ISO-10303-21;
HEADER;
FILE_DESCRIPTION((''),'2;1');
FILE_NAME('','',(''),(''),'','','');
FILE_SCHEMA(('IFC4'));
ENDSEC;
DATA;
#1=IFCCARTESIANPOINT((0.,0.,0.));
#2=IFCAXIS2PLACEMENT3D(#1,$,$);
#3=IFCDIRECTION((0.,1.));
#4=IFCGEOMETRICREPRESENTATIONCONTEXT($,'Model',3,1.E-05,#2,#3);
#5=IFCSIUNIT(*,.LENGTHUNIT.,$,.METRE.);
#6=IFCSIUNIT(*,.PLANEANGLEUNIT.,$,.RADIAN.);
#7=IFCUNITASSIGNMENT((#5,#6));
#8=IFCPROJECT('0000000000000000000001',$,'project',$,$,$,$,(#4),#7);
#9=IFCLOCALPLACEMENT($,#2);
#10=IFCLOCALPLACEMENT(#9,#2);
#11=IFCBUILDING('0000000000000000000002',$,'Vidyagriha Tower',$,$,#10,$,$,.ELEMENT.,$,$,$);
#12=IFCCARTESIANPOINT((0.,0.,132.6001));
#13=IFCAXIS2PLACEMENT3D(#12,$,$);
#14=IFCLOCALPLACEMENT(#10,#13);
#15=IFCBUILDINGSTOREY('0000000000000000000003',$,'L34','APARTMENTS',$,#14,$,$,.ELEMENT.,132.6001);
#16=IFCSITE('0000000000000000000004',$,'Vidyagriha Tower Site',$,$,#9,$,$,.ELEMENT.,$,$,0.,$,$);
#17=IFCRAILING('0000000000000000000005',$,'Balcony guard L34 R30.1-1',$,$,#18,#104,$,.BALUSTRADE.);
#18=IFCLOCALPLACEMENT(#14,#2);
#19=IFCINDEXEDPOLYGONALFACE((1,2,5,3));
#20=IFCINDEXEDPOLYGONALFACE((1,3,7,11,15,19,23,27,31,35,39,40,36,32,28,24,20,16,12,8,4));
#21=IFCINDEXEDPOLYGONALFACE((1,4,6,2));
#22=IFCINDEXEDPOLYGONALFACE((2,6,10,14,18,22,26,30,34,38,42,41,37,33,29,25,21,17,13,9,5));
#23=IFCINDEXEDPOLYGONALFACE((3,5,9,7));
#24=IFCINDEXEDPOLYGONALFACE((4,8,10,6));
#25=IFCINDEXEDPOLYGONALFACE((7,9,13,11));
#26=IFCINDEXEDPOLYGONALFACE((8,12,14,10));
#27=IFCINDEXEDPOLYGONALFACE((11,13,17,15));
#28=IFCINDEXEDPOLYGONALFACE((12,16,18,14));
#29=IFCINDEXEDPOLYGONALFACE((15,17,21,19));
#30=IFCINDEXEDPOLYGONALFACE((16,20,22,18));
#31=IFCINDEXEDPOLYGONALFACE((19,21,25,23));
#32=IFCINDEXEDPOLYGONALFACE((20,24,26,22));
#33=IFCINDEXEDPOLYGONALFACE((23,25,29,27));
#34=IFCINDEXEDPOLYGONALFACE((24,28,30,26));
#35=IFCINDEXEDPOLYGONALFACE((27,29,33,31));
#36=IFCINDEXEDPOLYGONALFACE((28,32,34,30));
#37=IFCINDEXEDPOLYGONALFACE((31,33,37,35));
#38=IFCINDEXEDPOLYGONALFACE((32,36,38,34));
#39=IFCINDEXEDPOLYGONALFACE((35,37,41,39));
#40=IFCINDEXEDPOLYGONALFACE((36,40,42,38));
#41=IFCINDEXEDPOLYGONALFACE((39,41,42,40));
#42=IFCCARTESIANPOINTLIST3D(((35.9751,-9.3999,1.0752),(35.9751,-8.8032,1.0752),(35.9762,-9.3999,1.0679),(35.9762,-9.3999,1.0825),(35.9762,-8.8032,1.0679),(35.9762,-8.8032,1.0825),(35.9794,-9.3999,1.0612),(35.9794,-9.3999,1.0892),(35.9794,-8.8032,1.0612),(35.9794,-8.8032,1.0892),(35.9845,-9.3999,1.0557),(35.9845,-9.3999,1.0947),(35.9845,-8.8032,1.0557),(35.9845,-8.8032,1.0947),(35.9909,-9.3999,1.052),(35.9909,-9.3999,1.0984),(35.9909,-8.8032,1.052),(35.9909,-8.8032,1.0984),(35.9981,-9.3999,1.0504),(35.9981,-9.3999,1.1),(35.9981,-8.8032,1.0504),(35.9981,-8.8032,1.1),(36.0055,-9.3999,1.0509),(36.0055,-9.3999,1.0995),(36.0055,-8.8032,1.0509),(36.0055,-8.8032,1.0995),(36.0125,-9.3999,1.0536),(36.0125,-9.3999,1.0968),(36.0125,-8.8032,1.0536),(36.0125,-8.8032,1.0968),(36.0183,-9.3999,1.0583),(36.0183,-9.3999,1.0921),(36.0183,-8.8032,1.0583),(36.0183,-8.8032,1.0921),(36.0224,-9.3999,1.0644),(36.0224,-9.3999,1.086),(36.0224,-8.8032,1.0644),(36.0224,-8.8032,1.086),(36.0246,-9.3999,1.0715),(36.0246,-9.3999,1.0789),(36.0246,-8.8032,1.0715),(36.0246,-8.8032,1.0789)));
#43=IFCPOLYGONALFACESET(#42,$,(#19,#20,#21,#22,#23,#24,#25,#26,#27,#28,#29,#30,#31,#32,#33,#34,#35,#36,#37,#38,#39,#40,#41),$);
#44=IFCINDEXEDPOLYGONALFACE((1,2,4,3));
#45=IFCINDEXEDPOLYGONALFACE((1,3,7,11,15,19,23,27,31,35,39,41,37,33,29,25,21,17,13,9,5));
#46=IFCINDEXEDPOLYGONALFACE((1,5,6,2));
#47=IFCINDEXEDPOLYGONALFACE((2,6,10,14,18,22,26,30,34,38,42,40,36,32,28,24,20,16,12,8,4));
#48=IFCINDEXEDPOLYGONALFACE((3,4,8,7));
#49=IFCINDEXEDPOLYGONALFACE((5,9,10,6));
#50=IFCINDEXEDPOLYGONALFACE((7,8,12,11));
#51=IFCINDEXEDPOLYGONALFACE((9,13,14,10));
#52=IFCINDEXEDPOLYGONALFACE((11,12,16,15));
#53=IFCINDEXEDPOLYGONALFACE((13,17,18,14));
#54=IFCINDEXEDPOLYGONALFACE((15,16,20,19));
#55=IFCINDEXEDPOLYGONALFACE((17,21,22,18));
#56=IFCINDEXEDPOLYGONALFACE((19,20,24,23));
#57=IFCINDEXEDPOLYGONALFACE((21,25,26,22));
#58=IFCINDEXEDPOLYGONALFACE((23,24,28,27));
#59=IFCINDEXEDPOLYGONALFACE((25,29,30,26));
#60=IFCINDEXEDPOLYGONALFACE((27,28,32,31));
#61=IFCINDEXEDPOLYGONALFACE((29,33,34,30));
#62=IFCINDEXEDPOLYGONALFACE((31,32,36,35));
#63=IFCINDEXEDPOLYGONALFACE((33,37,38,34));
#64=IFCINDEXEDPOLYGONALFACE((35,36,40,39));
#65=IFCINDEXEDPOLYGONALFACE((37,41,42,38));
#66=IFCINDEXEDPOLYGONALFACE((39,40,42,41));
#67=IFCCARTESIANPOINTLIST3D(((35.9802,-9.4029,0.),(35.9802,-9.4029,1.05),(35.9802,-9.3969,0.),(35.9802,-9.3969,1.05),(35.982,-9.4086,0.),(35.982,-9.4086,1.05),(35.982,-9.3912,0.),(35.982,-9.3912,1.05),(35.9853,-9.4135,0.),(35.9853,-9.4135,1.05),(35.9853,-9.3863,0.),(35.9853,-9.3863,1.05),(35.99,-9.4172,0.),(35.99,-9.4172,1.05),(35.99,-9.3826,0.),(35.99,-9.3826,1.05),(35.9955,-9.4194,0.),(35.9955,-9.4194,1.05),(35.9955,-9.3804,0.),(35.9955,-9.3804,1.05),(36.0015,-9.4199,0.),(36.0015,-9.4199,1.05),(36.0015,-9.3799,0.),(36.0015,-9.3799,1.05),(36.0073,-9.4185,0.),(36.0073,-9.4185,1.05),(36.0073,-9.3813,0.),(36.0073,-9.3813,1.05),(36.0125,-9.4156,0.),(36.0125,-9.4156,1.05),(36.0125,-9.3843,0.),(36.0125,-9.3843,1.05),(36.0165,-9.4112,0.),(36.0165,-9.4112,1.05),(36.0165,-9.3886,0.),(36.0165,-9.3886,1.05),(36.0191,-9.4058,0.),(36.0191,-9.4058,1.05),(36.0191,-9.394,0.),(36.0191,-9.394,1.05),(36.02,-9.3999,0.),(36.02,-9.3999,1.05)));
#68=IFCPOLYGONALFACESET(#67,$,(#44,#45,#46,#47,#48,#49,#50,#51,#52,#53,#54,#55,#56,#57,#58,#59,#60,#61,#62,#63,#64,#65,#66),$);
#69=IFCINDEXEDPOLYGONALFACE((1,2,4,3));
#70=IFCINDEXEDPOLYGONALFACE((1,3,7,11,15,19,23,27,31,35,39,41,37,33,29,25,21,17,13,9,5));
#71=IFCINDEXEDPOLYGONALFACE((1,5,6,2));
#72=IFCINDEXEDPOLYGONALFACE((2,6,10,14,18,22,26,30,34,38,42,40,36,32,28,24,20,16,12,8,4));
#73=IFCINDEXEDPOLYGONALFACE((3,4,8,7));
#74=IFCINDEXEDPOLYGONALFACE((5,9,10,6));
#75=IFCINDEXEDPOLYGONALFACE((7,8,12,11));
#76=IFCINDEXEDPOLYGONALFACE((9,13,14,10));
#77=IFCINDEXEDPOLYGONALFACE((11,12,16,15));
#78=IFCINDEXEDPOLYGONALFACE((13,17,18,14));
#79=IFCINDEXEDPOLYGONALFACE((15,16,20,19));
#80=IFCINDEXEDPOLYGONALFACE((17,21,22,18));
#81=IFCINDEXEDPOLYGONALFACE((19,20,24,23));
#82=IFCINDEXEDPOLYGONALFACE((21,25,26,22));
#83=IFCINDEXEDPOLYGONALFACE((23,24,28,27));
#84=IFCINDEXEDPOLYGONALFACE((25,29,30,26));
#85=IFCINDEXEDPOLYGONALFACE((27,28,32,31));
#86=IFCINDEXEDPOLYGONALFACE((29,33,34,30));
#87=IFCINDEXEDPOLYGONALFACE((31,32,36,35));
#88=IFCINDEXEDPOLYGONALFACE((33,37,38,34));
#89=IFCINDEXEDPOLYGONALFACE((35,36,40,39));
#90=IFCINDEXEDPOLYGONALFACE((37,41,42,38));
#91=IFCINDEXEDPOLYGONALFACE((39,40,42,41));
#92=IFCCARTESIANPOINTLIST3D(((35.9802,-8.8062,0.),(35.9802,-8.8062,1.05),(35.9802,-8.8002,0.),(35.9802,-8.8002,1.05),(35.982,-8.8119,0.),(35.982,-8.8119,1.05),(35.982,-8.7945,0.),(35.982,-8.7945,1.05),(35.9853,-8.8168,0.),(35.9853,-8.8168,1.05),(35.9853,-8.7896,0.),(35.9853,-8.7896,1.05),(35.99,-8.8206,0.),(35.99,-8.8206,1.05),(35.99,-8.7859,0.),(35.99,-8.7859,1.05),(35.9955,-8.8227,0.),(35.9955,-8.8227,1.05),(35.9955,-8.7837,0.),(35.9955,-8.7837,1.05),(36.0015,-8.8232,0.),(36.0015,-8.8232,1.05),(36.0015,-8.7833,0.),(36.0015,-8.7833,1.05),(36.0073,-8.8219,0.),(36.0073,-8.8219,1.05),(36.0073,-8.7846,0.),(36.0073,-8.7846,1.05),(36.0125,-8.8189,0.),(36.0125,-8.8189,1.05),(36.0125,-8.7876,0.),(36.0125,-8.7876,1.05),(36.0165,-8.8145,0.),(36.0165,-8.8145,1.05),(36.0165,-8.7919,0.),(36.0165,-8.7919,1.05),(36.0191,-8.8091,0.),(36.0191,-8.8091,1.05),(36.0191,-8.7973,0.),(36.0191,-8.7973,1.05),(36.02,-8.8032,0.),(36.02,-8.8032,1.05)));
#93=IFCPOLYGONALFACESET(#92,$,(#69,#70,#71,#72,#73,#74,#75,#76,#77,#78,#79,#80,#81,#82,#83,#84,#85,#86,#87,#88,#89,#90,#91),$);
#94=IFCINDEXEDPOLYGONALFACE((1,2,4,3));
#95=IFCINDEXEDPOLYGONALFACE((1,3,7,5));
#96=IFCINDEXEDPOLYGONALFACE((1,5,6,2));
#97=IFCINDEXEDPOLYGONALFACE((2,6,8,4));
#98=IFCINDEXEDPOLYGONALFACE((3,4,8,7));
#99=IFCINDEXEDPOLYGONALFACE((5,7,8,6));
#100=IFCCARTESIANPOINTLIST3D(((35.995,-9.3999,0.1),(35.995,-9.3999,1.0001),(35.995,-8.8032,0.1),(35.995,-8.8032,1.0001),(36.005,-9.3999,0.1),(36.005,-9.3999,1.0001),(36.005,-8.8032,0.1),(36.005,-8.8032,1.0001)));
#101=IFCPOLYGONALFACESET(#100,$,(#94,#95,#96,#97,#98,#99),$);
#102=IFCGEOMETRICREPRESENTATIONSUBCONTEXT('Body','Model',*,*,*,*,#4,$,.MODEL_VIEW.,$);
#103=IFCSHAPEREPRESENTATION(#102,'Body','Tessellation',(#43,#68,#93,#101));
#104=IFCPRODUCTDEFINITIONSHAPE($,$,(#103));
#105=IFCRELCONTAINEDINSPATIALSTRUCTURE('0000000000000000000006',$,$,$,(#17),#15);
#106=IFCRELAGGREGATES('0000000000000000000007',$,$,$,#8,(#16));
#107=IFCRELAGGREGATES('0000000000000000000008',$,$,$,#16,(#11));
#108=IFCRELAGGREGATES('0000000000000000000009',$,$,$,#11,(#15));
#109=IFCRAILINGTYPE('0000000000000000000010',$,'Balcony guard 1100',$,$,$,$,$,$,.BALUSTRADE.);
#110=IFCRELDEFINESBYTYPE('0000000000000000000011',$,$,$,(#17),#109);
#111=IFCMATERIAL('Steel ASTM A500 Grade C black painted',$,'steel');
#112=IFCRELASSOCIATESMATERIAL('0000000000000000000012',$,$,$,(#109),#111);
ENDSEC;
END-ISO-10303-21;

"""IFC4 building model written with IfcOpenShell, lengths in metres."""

from ifc_helpers import new_model, si_unit, direction, frame, origin, origin_2d, place, context, subcontext, project, spatial, rectangle, circle, extrude, material, type_object, element, save


model = new_model("IFC4")

# Units and contexts
model_context = context("Model", 3, precision=1e-05, world=origin(), true_north=direction((0.0, 1.0)))
body_context = subcontext(model_context, "Body", "Model", "MODEL_VIEW")
ifc_project = project(units=[si_unit("LENGTHUNIT", "METRE"), si_unit("PLANEANGLEUNIT", "RADIAN")], contexts=[model_context])

# Site, building, storey
site_placement = place(None, origin())
site = spatial("IfcSite", under=ifc_project, at=site_placement, Name="Vidyagriha Tower Site", CompositionType="ELEMENT", RefElevation=0.0)
building_placement = place(site_placement, origin())
building = spatial("IfcBuilding", under=site, at=building_placement, Name="Vidyagriha Tower", CompositionType="ELEMENT")
storey_placement = place(building_placement, frame((0.0, 0.0, 132.6001)))
storey = spatial("IfcBuildingStorey", under=building, at=storey_placement, Name="L34", Description="APARTMENTS", CompositionType="ELEMENT", Elevation=132.6001)

# Railing
ifc_material_1 = material(Name="Steel ASTM A500 Grade C black painted", Category="steel")
railing_type_1 = type_object("IfcRailingType", Name="Balcony guard 1100", PredefinedType="BALUSTRADE", material=ifc_material_1)
railing_1_placement = place(storey_placement, frame((36.0, -9.3999, 0.0)))
element("IfcRailing", 1, at=railing_1_placement, inside=storey, type_object=railing_type_1, Name="Balcony guard L34 R30.1-1", PredefinedType="BALUSTRADE", context=body_context, shape_type="SweptSolid", body=[
    extrude(circle(Radius=0.0249, at=origin_2d()), frame((0.0, 0.0, 1.0752), z_axis=(0.0, 1.0, 0.0), x_axis=(-1.0, 0.0, 0.0)), (0.0, 0.0, 1.0), 0.5967),
    extrude(circle(Radius=0.02, at=origin_2d()), origin(), (0.0, 0.0, 1.0), 1.05),
    extrude(circle(Radius=0.02, at=origin_2d()), frame((0.0, 0.5967, 0.0)), (0.0, 0.0, 1.0), 1.05),
    extrude(rectangle(XDim=0.01, YDim=0.9001, at=origin_2d()), frame((0.0, 0.0, 0.55), z_axis=(0.0, 1.0, 0.0), x_axis=(-1.0, 0.0, 0.0)), (0.0, 0.0, 1.0), 0.5967),
])

save(model, "model.ifc")
